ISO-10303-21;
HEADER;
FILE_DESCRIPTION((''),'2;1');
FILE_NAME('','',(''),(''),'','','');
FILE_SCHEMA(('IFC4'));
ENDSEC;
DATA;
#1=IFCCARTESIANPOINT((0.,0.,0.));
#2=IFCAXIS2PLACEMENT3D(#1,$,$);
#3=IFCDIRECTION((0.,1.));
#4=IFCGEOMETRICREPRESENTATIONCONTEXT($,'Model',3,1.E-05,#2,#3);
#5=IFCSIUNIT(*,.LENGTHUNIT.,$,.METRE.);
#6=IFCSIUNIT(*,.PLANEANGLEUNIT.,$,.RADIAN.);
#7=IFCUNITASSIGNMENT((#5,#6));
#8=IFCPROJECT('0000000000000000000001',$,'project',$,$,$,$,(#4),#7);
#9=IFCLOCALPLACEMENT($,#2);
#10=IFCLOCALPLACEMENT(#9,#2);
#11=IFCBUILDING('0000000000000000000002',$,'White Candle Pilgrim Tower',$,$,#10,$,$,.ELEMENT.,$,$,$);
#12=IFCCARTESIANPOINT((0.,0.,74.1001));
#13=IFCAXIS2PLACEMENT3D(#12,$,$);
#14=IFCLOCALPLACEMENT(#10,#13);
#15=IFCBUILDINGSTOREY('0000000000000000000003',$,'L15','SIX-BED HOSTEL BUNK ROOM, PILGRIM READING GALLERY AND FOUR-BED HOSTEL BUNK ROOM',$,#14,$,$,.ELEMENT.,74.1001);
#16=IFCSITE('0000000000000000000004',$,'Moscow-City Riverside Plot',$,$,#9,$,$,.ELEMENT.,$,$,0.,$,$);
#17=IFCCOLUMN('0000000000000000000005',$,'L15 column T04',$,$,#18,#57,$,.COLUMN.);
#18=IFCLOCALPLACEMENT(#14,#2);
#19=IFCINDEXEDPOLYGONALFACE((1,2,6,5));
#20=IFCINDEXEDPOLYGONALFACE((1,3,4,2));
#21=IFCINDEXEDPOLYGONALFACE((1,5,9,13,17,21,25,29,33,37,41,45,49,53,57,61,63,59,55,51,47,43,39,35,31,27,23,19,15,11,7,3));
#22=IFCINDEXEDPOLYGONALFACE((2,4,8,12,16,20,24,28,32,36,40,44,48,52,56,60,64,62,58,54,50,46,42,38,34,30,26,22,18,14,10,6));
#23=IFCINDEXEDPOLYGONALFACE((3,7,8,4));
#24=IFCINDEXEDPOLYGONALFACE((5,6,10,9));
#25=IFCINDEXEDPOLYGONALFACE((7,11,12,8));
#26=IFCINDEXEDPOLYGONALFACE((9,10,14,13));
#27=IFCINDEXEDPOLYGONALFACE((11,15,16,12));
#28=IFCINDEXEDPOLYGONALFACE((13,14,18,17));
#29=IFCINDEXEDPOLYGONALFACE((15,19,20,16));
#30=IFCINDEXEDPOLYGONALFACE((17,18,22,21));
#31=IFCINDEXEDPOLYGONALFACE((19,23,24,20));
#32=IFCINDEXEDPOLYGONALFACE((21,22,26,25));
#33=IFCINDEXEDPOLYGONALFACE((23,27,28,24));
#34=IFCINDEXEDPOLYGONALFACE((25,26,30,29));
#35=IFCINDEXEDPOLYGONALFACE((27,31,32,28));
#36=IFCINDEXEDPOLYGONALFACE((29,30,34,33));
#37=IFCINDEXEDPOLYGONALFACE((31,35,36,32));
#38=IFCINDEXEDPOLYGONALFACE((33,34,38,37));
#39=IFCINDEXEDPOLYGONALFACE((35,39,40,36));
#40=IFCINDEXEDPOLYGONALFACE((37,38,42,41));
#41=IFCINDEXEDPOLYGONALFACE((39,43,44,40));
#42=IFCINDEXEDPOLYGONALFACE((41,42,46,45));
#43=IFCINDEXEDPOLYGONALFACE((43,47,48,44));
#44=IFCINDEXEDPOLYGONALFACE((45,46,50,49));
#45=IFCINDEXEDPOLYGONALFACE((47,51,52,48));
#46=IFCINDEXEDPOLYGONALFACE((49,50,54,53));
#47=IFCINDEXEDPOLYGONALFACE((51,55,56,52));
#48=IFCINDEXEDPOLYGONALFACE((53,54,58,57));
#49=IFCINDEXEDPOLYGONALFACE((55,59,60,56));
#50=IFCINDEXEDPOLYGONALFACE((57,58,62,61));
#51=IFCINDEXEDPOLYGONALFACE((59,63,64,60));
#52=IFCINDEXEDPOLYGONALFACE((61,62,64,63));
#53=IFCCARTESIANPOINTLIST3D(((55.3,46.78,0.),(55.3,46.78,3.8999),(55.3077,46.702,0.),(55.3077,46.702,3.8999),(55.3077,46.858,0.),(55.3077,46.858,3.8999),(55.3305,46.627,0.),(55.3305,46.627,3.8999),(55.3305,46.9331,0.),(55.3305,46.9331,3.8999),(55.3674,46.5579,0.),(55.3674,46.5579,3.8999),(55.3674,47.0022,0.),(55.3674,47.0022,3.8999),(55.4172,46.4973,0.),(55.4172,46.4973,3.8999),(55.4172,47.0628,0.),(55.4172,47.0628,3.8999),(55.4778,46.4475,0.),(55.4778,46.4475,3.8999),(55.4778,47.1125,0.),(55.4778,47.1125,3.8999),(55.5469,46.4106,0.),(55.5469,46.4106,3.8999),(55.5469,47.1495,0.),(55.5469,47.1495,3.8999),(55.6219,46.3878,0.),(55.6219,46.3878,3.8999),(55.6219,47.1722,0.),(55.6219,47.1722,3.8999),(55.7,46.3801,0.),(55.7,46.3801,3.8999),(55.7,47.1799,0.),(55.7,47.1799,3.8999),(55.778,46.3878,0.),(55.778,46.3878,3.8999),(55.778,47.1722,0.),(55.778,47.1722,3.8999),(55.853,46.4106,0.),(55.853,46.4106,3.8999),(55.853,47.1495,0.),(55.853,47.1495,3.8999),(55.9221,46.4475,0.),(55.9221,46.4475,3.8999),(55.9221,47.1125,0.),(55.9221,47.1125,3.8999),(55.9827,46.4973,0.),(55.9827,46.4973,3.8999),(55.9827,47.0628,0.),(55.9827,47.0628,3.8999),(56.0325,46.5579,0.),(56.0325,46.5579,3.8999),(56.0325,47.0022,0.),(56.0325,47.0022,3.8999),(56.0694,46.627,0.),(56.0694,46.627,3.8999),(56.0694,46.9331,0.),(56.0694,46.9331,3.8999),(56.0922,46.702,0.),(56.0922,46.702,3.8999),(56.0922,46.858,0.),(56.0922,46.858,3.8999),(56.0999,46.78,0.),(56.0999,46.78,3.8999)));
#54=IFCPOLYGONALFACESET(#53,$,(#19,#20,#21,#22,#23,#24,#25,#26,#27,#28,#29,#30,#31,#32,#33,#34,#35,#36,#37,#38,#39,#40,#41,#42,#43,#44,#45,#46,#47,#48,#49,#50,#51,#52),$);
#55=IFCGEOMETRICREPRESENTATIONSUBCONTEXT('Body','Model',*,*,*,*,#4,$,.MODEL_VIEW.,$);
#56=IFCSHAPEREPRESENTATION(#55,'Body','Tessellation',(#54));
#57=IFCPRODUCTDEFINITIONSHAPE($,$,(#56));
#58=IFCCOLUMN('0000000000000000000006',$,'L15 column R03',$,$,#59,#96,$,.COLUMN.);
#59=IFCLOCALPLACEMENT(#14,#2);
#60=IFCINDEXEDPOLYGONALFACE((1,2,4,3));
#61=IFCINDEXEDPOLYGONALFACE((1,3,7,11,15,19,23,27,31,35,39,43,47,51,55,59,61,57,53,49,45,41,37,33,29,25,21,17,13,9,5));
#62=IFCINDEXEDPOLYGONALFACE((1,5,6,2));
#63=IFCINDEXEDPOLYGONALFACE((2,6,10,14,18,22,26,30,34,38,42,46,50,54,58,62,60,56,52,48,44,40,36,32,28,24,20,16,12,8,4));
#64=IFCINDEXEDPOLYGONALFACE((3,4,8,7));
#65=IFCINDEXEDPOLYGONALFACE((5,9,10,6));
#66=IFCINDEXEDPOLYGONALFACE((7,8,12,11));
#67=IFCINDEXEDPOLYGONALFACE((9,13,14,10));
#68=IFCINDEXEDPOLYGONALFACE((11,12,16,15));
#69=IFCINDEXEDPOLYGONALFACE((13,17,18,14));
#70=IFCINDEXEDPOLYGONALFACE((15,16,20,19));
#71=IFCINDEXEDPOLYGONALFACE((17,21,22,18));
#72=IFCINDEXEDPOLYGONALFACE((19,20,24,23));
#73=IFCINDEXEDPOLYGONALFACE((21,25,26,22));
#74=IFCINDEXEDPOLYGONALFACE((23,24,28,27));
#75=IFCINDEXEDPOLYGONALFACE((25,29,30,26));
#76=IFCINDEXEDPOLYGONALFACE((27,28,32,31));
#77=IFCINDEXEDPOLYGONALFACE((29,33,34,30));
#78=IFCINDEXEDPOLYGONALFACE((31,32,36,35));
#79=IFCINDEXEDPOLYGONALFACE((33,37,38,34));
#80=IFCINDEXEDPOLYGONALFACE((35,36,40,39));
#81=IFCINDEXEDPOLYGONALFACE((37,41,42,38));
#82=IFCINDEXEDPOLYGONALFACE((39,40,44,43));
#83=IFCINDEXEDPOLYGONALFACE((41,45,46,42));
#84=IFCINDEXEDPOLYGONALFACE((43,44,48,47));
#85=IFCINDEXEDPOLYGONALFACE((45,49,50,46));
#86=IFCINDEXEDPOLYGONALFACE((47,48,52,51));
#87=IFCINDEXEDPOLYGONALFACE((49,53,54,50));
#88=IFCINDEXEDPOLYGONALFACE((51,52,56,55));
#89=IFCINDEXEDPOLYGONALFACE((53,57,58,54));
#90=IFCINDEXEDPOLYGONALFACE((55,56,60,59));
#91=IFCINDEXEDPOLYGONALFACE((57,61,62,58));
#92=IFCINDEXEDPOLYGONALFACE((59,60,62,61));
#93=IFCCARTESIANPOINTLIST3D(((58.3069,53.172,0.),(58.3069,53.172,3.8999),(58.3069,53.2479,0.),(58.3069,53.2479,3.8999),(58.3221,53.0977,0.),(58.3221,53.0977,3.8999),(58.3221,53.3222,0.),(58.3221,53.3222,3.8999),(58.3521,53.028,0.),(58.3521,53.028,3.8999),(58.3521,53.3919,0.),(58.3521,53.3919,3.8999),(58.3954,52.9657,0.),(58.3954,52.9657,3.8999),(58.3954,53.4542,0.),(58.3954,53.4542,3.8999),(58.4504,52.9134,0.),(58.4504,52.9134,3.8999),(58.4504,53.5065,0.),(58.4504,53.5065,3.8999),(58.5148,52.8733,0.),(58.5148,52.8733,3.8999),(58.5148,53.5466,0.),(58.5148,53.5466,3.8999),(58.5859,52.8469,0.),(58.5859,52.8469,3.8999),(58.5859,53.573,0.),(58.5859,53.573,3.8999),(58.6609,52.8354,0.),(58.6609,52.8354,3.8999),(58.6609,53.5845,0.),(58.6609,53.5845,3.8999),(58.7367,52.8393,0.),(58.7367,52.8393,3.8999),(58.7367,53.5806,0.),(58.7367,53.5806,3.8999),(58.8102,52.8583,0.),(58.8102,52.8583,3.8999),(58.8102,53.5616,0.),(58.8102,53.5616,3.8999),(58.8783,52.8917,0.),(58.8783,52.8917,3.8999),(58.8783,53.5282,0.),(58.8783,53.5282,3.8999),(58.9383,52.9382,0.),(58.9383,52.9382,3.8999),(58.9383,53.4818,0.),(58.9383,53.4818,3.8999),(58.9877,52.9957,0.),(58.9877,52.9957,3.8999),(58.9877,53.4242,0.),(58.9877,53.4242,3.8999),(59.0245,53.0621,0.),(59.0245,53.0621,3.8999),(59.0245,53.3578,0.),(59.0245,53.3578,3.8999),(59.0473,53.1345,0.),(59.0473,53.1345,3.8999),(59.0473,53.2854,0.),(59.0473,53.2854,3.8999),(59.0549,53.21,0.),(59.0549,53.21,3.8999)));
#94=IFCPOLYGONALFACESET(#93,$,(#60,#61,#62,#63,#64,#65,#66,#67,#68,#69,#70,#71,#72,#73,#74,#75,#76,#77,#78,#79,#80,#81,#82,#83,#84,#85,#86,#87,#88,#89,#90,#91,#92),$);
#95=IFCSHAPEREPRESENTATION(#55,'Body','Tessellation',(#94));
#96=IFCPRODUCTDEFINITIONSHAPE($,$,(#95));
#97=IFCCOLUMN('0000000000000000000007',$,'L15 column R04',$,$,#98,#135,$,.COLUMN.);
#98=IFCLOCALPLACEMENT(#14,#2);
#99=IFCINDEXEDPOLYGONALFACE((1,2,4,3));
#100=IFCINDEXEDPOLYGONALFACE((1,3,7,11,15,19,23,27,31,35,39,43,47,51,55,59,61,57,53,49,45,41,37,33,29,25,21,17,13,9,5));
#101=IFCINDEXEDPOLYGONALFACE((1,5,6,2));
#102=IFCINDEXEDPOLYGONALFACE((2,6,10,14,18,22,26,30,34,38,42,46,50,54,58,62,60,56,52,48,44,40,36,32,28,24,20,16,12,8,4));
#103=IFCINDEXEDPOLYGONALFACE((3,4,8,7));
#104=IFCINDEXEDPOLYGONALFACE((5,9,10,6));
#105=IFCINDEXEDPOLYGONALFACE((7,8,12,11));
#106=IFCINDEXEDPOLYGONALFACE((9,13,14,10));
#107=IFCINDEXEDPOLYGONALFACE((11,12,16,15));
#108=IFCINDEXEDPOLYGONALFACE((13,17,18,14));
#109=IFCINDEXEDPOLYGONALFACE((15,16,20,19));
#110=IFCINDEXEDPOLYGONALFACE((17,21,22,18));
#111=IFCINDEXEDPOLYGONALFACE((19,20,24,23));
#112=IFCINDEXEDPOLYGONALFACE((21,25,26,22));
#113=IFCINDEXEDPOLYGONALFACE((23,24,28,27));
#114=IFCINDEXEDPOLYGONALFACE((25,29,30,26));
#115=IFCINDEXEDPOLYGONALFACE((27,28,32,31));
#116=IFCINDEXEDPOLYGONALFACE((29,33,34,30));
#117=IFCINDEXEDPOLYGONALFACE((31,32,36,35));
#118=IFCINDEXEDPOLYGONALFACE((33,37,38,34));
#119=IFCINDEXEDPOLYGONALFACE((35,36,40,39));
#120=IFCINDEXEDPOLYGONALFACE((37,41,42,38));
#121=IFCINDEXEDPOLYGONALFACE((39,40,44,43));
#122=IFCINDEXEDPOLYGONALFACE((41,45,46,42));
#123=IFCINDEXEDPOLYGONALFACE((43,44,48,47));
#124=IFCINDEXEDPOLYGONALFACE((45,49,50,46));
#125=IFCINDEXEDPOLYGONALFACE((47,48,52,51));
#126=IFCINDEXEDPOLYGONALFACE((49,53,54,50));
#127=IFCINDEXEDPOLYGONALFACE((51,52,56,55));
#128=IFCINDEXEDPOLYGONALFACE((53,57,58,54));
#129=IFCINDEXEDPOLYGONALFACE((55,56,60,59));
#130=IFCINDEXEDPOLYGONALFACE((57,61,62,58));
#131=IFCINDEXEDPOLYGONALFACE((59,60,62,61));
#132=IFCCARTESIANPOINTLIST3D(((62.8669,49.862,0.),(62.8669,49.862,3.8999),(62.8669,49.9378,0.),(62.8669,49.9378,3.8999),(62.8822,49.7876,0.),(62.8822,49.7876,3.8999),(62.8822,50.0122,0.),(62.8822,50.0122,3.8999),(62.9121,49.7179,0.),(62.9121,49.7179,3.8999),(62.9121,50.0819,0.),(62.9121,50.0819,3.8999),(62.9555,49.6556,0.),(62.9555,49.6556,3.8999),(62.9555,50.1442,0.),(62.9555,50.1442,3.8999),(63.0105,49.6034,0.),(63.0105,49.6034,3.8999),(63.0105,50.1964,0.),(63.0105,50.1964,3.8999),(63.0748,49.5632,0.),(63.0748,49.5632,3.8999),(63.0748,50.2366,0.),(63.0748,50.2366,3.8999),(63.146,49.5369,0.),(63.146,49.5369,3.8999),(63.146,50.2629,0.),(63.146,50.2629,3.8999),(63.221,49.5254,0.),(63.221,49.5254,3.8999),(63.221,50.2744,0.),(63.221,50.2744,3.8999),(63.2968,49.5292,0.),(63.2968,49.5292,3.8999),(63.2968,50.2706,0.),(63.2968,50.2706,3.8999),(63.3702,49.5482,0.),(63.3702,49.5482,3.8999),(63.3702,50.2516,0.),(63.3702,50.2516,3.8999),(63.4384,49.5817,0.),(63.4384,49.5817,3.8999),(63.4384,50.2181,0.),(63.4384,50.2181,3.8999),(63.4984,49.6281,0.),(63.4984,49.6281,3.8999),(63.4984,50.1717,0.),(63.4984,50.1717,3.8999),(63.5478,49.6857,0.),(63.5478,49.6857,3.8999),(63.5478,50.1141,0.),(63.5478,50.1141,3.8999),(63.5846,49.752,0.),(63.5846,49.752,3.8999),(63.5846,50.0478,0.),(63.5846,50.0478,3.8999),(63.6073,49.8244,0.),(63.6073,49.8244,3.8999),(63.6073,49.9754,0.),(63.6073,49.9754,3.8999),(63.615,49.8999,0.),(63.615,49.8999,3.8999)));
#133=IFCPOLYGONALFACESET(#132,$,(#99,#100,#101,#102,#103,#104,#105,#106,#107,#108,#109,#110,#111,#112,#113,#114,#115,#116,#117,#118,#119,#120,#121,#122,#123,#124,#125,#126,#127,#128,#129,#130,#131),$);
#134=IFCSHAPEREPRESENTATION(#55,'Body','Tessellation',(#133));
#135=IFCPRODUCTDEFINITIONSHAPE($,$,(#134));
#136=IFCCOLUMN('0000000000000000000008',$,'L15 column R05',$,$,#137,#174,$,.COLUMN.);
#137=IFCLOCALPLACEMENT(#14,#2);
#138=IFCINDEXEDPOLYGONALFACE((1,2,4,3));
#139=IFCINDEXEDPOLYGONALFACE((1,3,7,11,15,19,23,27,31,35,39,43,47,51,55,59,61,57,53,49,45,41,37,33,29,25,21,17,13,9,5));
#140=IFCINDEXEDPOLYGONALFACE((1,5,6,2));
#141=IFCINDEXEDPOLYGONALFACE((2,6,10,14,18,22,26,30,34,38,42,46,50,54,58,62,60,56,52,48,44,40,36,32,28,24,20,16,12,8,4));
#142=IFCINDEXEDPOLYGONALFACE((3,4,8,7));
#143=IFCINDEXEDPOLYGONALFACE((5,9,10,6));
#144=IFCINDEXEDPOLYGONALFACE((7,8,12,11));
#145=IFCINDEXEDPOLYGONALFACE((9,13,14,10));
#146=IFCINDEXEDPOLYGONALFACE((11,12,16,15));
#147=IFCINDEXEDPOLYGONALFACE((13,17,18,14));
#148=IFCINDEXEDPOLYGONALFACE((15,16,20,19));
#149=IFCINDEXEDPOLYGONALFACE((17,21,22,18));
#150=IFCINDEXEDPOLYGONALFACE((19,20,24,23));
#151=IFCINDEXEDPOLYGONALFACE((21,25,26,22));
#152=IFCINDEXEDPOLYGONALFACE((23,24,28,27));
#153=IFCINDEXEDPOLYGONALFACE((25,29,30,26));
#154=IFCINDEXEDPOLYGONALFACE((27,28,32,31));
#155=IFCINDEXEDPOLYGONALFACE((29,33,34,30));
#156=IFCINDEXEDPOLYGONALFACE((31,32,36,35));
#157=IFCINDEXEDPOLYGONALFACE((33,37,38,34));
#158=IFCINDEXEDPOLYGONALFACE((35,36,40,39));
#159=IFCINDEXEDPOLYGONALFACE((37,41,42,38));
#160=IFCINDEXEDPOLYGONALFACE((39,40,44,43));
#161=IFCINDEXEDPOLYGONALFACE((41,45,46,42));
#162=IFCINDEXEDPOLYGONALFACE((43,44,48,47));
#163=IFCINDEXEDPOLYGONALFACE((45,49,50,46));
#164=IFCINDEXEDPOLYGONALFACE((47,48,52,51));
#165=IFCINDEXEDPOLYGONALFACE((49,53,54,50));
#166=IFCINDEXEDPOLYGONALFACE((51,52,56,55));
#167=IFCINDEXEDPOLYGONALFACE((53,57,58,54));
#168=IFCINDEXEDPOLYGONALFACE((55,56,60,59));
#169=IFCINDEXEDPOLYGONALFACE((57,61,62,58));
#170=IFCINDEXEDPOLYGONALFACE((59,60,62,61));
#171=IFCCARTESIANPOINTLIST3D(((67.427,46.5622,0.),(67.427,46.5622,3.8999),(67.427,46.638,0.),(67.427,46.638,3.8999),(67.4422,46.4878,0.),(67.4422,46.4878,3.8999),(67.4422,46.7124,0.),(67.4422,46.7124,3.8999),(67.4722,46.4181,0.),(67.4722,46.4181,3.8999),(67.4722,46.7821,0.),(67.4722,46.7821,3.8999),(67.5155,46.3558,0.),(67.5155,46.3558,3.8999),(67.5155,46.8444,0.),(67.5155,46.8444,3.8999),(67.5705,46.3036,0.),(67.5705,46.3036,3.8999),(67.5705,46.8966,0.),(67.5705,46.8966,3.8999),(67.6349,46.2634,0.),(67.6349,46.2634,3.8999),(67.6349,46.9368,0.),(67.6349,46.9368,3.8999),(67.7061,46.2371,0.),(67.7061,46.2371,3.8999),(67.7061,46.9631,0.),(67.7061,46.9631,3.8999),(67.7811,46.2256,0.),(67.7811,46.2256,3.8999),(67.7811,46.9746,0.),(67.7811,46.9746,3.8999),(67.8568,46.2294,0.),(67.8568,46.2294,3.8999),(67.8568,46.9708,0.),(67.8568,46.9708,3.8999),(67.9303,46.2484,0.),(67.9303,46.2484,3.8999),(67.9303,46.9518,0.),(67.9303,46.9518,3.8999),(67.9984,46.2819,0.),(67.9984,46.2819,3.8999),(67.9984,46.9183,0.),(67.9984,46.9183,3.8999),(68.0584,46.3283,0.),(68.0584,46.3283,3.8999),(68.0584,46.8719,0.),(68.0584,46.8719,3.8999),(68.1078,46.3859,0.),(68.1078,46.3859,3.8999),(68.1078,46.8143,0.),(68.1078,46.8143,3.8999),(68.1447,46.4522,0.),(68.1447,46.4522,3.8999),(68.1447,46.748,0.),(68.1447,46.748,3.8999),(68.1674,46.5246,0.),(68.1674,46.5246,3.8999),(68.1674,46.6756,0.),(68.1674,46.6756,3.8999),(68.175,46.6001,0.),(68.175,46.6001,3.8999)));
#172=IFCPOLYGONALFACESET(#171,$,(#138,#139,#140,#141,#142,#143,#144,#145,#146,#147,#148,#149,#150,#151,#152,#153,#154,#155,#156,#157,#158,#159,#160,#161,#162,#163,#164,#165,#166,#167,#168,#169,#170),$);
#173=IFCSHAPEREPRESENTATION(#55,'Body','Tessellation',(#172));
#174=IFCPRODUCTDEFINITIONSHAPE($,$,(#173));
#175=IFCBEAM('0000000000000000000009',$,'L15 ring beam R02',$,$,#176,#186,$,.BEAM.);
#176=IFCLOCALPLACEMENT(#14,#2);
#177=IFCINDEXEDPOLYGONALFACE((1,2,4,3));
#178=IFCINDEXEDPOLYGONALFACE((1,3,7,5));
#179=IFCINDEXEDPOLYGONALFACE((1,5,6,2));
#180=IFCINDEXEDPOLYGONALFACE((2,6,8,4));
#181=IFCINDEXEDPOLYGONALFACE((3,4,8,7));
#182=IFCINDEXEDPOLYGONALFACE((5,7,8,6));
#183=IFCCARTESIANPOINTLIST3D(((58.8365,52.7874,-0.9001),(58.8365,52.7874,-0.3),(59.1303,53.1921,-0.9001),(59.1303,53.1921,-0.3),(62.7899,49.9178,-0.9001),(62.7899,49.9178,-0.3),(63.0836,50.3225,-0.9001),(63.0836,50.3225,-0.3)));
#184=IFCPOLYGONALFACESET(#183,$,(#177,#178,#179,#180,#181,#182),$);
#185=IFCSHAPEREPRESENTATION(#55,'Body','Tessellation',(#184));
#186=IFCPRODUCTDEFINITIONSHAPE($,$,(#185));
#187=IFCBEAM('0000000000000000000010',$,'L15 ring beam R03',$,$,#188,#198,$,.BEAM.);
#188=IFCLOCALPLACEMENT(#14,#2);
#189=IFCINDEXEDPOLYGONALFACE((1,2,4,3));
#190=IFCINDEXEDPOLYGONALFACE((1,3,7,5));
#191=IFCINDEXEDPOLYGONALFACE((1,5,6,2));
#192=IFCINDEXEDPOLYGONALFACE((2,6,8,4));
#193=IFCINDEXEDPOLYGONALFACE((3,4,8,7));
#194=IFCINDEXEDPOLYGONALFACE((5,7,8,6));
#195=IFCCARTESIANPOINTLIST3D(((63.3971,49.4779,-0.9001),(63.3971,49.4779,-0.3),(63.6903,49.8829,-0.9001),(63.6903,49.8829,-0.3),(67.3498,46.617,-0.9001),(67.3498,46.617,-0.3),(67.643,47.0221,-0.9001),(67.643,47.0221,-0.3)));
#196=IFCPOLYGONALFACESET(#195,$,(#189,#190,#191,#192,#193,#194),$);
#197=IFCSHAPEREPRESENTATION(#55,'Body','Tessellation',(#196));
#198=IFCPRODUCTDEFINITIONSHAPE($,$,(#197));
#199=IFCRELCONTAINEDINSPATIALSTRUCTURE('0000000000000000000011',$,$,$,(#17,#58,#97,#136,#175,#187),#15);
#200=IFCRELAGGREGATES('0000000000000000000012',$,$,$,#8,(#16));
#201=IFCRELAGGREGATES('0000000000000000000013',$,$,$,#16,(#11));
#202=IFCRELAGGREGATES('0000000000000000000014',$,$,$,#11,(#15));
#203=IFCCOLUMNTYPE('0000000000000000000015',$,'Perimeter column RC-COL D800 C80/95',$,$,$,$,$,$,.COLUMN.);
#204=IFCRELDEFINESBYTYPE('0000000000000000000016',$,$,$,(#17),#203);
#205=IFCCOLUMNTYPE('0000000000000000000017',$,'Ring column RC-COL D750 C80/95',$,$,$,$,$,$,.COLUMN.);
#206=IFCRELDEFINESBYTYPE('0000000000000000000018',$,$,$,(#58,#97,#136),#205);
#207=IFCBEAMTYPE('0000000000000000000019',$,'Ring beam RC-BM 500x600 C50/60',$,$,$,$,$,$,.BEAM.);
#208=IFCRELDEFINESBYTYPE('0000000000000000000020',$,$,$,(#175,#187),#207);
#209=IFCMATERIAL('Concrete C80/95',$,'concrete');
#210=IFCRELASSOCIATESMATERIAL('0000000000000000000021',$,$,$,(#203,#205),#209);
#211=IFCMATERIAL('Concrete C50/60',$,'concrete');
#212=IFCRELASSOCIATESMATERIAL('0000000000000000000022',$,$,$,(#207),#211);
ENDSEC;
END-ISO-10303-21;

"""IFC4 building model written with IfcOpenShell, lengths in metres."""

from ifc_helpers import new_model, si_unit, direction, frame, origin, origin_2d, place, context, subcontext, project, spatial, rectangle, circle, extrude, material, material_profile, profile_set, type_object, element, save


model = new_model("IFC4")

# Units and contexts
model_context = context("Model", 3, precision=1e-05, world=origin(), true_north=direction((0.0, 1.0)))
body_context = subcontext(model_context, "Body", "Model", "MODEL_VIEW")
ifc_project = project(units=[si_unit("LENGTHUNIT", "METRE"), si_unit("PLANEANGLEUNIT", "RADIAN")], contexts=[model_context])

# Site, building, storey
site_placement = place(None, origin())
site = spatial("IfcSite", under=ifc_project, at=site_placement, Name="Moscow-City Riverside Plot", CompositionType="ELEMENT", RefElevation=0.0)
building_placement = place(site_placement, origin())
building = spatial("IfcBuilding", under=site, at=building_placement, Name="White Candle Pilgrim Tower", CompositionType="ELEMENT")
storey_placement = place(building_placement, frame((0.0, 0.0, 74.1001)))
storey = spatial("IfcBuildingStorey", under=building, at=storey_placement, Name="L15", Description="SIX-BED HOSTEL BUNK ROOM, PILGRIM READING GALLERY AND FOUR-BED HOSTEL BUNK ROOM", CompositionType="ELEMENT", Elevation=74.1001)

# Columns
ifc_material_1 = material(Name="Concrete C80/95", Category="concrete")
ifc_material_profile_1 = material_profile(ifc_material_1, circle(Radius=0.3999, at=origin_2d()), Name="RC-COL D800")
ifc_profile_set_1 = profile_set([ifc_material_profile_1], Name="Concrete C80/95")
column_type_1 = type_object("IfcColumnType", Name="Perimeter column RC-COL D800 C80/95", PredefinedType="COLUMN", material=ifc_profile_set_1)
column_placement = place(storey_placement, frame((55.7, 46.78, 0.0), z_axis=(0.0, 0.0, 1.0), x_axis=(1.0, 0.0, 0.0)))
element("IfcColumn", 1, at=column_placement, inside=storey, type_object=column_type_1, Name="L15 column T04", PredefinedType="COLUMN", context=body_context, shape_type="SweptSolid", body=[
    extrude(circle(Radius=0.3999, at=origin_2d()), origin(), (0.0, 0.0, 1.0), 3.8999),
])
ifc_material_profile_2 = material_profile(ifc_material_1, circle(Radius=0.375, at=origin_2d()), Name="RC-COL D750")
ifc_profile_set_2 = profile_set([ifc_material_profile_2], Name="Concrete C80/95")
column_type_2 = type_object("IfcColumnType", Name="Ring column RC-COL D750 C80/95", PredefinedType="COLUMN", material=ifc_profile_set_2)
for number, where, z_axis, x_axis, name in (
    (2, (58.6799, 53.21, 0.0), (0.0, 0.0, 1.0), (1.0, 0.0, 0.0), "L15 column R03"),
    (3, (63.24, 49.8999, 0.0), (0.0, 0.0, 1.0), (1.0, 0.0, 0.0), "L15 column R04"),
    (4, (67.8, 46.6001, 0.0), (0.0, 0.0, 1.0), (1.0, 0.0, 0.0), "L15 column R05"),
):
    element("IfcColumn", number, at=place(storey_placement, frame(where, z_axis=z_axis, x_axis=x_axis)), inside=storey, type_object=column_type_2, Name=name, PredefinedType="COLUMN", context=body_context, shape_type="SweptSolid", body=[
        extrude(circle(Radius=0.375, at=origin_2d()), origin(), (0.0, 0.0, 1.0), 3.8999),
    ])

# Beams
ifc_material_2 = material(Name="Concrete C50/60", Category="concrete")
ifc_material_profile_3 = material_profile(ifc_material_2, rectangle(XDim=0.5, YDim=0.6001, at=origin_2d()), Name="RC-BM 500x600")
ifc_profile_set_3 = profile_set([ifc_material_profile_3], Name="Concrete C50/60")
beam_type = type_object("IfcBeamType", Name="Ring beam RC-BM 500x600 C50/60", PredefinedType="BEAM", material=ifc_profile_set_3)
beam_1_placement = place(storey_placement, frame((58.9834, 52.9897, -0.6001), z_axis=(0.809276, -0.587429, 0.0), x_axis=(0.587429, 0.809276, 0.0)))
element("IfcBeam", 5, at=beam_1_placement, inside=storey, type_object=beam_type, Name="L15 ring beam R02", PredefinedType="BEAM", context=body_context, shape_type="SweptSolid", body=[
    extrude(rectangle(XDim=0.5, YDim=0.6001, at=origin_2d()), origin(), (0.0, 0.0, 1.0), 4.885),
])
beam_2_placement = place(storey_placement, frame((63.5437, 49.6804, -0.6001), z_axis=(0.81008, -0.58632, 0.0), x_axis=(0.58632, 0.81008, 0.0)))
element("IfcBeam", 6, at=beam_2_placement, inside=storey, type_object=beam_type, Name="L15 ring beam R03", PredefinedType="BEAM", context=body_context, shape_type="SweptSolid", body=[
    extrude(rectangle(XDim=0.5, YDim=0.6001, at=origin_2d()), origin(), (0.0, 0.0, 1.0), 4.8794),
])

save(model, "model.ifc")
